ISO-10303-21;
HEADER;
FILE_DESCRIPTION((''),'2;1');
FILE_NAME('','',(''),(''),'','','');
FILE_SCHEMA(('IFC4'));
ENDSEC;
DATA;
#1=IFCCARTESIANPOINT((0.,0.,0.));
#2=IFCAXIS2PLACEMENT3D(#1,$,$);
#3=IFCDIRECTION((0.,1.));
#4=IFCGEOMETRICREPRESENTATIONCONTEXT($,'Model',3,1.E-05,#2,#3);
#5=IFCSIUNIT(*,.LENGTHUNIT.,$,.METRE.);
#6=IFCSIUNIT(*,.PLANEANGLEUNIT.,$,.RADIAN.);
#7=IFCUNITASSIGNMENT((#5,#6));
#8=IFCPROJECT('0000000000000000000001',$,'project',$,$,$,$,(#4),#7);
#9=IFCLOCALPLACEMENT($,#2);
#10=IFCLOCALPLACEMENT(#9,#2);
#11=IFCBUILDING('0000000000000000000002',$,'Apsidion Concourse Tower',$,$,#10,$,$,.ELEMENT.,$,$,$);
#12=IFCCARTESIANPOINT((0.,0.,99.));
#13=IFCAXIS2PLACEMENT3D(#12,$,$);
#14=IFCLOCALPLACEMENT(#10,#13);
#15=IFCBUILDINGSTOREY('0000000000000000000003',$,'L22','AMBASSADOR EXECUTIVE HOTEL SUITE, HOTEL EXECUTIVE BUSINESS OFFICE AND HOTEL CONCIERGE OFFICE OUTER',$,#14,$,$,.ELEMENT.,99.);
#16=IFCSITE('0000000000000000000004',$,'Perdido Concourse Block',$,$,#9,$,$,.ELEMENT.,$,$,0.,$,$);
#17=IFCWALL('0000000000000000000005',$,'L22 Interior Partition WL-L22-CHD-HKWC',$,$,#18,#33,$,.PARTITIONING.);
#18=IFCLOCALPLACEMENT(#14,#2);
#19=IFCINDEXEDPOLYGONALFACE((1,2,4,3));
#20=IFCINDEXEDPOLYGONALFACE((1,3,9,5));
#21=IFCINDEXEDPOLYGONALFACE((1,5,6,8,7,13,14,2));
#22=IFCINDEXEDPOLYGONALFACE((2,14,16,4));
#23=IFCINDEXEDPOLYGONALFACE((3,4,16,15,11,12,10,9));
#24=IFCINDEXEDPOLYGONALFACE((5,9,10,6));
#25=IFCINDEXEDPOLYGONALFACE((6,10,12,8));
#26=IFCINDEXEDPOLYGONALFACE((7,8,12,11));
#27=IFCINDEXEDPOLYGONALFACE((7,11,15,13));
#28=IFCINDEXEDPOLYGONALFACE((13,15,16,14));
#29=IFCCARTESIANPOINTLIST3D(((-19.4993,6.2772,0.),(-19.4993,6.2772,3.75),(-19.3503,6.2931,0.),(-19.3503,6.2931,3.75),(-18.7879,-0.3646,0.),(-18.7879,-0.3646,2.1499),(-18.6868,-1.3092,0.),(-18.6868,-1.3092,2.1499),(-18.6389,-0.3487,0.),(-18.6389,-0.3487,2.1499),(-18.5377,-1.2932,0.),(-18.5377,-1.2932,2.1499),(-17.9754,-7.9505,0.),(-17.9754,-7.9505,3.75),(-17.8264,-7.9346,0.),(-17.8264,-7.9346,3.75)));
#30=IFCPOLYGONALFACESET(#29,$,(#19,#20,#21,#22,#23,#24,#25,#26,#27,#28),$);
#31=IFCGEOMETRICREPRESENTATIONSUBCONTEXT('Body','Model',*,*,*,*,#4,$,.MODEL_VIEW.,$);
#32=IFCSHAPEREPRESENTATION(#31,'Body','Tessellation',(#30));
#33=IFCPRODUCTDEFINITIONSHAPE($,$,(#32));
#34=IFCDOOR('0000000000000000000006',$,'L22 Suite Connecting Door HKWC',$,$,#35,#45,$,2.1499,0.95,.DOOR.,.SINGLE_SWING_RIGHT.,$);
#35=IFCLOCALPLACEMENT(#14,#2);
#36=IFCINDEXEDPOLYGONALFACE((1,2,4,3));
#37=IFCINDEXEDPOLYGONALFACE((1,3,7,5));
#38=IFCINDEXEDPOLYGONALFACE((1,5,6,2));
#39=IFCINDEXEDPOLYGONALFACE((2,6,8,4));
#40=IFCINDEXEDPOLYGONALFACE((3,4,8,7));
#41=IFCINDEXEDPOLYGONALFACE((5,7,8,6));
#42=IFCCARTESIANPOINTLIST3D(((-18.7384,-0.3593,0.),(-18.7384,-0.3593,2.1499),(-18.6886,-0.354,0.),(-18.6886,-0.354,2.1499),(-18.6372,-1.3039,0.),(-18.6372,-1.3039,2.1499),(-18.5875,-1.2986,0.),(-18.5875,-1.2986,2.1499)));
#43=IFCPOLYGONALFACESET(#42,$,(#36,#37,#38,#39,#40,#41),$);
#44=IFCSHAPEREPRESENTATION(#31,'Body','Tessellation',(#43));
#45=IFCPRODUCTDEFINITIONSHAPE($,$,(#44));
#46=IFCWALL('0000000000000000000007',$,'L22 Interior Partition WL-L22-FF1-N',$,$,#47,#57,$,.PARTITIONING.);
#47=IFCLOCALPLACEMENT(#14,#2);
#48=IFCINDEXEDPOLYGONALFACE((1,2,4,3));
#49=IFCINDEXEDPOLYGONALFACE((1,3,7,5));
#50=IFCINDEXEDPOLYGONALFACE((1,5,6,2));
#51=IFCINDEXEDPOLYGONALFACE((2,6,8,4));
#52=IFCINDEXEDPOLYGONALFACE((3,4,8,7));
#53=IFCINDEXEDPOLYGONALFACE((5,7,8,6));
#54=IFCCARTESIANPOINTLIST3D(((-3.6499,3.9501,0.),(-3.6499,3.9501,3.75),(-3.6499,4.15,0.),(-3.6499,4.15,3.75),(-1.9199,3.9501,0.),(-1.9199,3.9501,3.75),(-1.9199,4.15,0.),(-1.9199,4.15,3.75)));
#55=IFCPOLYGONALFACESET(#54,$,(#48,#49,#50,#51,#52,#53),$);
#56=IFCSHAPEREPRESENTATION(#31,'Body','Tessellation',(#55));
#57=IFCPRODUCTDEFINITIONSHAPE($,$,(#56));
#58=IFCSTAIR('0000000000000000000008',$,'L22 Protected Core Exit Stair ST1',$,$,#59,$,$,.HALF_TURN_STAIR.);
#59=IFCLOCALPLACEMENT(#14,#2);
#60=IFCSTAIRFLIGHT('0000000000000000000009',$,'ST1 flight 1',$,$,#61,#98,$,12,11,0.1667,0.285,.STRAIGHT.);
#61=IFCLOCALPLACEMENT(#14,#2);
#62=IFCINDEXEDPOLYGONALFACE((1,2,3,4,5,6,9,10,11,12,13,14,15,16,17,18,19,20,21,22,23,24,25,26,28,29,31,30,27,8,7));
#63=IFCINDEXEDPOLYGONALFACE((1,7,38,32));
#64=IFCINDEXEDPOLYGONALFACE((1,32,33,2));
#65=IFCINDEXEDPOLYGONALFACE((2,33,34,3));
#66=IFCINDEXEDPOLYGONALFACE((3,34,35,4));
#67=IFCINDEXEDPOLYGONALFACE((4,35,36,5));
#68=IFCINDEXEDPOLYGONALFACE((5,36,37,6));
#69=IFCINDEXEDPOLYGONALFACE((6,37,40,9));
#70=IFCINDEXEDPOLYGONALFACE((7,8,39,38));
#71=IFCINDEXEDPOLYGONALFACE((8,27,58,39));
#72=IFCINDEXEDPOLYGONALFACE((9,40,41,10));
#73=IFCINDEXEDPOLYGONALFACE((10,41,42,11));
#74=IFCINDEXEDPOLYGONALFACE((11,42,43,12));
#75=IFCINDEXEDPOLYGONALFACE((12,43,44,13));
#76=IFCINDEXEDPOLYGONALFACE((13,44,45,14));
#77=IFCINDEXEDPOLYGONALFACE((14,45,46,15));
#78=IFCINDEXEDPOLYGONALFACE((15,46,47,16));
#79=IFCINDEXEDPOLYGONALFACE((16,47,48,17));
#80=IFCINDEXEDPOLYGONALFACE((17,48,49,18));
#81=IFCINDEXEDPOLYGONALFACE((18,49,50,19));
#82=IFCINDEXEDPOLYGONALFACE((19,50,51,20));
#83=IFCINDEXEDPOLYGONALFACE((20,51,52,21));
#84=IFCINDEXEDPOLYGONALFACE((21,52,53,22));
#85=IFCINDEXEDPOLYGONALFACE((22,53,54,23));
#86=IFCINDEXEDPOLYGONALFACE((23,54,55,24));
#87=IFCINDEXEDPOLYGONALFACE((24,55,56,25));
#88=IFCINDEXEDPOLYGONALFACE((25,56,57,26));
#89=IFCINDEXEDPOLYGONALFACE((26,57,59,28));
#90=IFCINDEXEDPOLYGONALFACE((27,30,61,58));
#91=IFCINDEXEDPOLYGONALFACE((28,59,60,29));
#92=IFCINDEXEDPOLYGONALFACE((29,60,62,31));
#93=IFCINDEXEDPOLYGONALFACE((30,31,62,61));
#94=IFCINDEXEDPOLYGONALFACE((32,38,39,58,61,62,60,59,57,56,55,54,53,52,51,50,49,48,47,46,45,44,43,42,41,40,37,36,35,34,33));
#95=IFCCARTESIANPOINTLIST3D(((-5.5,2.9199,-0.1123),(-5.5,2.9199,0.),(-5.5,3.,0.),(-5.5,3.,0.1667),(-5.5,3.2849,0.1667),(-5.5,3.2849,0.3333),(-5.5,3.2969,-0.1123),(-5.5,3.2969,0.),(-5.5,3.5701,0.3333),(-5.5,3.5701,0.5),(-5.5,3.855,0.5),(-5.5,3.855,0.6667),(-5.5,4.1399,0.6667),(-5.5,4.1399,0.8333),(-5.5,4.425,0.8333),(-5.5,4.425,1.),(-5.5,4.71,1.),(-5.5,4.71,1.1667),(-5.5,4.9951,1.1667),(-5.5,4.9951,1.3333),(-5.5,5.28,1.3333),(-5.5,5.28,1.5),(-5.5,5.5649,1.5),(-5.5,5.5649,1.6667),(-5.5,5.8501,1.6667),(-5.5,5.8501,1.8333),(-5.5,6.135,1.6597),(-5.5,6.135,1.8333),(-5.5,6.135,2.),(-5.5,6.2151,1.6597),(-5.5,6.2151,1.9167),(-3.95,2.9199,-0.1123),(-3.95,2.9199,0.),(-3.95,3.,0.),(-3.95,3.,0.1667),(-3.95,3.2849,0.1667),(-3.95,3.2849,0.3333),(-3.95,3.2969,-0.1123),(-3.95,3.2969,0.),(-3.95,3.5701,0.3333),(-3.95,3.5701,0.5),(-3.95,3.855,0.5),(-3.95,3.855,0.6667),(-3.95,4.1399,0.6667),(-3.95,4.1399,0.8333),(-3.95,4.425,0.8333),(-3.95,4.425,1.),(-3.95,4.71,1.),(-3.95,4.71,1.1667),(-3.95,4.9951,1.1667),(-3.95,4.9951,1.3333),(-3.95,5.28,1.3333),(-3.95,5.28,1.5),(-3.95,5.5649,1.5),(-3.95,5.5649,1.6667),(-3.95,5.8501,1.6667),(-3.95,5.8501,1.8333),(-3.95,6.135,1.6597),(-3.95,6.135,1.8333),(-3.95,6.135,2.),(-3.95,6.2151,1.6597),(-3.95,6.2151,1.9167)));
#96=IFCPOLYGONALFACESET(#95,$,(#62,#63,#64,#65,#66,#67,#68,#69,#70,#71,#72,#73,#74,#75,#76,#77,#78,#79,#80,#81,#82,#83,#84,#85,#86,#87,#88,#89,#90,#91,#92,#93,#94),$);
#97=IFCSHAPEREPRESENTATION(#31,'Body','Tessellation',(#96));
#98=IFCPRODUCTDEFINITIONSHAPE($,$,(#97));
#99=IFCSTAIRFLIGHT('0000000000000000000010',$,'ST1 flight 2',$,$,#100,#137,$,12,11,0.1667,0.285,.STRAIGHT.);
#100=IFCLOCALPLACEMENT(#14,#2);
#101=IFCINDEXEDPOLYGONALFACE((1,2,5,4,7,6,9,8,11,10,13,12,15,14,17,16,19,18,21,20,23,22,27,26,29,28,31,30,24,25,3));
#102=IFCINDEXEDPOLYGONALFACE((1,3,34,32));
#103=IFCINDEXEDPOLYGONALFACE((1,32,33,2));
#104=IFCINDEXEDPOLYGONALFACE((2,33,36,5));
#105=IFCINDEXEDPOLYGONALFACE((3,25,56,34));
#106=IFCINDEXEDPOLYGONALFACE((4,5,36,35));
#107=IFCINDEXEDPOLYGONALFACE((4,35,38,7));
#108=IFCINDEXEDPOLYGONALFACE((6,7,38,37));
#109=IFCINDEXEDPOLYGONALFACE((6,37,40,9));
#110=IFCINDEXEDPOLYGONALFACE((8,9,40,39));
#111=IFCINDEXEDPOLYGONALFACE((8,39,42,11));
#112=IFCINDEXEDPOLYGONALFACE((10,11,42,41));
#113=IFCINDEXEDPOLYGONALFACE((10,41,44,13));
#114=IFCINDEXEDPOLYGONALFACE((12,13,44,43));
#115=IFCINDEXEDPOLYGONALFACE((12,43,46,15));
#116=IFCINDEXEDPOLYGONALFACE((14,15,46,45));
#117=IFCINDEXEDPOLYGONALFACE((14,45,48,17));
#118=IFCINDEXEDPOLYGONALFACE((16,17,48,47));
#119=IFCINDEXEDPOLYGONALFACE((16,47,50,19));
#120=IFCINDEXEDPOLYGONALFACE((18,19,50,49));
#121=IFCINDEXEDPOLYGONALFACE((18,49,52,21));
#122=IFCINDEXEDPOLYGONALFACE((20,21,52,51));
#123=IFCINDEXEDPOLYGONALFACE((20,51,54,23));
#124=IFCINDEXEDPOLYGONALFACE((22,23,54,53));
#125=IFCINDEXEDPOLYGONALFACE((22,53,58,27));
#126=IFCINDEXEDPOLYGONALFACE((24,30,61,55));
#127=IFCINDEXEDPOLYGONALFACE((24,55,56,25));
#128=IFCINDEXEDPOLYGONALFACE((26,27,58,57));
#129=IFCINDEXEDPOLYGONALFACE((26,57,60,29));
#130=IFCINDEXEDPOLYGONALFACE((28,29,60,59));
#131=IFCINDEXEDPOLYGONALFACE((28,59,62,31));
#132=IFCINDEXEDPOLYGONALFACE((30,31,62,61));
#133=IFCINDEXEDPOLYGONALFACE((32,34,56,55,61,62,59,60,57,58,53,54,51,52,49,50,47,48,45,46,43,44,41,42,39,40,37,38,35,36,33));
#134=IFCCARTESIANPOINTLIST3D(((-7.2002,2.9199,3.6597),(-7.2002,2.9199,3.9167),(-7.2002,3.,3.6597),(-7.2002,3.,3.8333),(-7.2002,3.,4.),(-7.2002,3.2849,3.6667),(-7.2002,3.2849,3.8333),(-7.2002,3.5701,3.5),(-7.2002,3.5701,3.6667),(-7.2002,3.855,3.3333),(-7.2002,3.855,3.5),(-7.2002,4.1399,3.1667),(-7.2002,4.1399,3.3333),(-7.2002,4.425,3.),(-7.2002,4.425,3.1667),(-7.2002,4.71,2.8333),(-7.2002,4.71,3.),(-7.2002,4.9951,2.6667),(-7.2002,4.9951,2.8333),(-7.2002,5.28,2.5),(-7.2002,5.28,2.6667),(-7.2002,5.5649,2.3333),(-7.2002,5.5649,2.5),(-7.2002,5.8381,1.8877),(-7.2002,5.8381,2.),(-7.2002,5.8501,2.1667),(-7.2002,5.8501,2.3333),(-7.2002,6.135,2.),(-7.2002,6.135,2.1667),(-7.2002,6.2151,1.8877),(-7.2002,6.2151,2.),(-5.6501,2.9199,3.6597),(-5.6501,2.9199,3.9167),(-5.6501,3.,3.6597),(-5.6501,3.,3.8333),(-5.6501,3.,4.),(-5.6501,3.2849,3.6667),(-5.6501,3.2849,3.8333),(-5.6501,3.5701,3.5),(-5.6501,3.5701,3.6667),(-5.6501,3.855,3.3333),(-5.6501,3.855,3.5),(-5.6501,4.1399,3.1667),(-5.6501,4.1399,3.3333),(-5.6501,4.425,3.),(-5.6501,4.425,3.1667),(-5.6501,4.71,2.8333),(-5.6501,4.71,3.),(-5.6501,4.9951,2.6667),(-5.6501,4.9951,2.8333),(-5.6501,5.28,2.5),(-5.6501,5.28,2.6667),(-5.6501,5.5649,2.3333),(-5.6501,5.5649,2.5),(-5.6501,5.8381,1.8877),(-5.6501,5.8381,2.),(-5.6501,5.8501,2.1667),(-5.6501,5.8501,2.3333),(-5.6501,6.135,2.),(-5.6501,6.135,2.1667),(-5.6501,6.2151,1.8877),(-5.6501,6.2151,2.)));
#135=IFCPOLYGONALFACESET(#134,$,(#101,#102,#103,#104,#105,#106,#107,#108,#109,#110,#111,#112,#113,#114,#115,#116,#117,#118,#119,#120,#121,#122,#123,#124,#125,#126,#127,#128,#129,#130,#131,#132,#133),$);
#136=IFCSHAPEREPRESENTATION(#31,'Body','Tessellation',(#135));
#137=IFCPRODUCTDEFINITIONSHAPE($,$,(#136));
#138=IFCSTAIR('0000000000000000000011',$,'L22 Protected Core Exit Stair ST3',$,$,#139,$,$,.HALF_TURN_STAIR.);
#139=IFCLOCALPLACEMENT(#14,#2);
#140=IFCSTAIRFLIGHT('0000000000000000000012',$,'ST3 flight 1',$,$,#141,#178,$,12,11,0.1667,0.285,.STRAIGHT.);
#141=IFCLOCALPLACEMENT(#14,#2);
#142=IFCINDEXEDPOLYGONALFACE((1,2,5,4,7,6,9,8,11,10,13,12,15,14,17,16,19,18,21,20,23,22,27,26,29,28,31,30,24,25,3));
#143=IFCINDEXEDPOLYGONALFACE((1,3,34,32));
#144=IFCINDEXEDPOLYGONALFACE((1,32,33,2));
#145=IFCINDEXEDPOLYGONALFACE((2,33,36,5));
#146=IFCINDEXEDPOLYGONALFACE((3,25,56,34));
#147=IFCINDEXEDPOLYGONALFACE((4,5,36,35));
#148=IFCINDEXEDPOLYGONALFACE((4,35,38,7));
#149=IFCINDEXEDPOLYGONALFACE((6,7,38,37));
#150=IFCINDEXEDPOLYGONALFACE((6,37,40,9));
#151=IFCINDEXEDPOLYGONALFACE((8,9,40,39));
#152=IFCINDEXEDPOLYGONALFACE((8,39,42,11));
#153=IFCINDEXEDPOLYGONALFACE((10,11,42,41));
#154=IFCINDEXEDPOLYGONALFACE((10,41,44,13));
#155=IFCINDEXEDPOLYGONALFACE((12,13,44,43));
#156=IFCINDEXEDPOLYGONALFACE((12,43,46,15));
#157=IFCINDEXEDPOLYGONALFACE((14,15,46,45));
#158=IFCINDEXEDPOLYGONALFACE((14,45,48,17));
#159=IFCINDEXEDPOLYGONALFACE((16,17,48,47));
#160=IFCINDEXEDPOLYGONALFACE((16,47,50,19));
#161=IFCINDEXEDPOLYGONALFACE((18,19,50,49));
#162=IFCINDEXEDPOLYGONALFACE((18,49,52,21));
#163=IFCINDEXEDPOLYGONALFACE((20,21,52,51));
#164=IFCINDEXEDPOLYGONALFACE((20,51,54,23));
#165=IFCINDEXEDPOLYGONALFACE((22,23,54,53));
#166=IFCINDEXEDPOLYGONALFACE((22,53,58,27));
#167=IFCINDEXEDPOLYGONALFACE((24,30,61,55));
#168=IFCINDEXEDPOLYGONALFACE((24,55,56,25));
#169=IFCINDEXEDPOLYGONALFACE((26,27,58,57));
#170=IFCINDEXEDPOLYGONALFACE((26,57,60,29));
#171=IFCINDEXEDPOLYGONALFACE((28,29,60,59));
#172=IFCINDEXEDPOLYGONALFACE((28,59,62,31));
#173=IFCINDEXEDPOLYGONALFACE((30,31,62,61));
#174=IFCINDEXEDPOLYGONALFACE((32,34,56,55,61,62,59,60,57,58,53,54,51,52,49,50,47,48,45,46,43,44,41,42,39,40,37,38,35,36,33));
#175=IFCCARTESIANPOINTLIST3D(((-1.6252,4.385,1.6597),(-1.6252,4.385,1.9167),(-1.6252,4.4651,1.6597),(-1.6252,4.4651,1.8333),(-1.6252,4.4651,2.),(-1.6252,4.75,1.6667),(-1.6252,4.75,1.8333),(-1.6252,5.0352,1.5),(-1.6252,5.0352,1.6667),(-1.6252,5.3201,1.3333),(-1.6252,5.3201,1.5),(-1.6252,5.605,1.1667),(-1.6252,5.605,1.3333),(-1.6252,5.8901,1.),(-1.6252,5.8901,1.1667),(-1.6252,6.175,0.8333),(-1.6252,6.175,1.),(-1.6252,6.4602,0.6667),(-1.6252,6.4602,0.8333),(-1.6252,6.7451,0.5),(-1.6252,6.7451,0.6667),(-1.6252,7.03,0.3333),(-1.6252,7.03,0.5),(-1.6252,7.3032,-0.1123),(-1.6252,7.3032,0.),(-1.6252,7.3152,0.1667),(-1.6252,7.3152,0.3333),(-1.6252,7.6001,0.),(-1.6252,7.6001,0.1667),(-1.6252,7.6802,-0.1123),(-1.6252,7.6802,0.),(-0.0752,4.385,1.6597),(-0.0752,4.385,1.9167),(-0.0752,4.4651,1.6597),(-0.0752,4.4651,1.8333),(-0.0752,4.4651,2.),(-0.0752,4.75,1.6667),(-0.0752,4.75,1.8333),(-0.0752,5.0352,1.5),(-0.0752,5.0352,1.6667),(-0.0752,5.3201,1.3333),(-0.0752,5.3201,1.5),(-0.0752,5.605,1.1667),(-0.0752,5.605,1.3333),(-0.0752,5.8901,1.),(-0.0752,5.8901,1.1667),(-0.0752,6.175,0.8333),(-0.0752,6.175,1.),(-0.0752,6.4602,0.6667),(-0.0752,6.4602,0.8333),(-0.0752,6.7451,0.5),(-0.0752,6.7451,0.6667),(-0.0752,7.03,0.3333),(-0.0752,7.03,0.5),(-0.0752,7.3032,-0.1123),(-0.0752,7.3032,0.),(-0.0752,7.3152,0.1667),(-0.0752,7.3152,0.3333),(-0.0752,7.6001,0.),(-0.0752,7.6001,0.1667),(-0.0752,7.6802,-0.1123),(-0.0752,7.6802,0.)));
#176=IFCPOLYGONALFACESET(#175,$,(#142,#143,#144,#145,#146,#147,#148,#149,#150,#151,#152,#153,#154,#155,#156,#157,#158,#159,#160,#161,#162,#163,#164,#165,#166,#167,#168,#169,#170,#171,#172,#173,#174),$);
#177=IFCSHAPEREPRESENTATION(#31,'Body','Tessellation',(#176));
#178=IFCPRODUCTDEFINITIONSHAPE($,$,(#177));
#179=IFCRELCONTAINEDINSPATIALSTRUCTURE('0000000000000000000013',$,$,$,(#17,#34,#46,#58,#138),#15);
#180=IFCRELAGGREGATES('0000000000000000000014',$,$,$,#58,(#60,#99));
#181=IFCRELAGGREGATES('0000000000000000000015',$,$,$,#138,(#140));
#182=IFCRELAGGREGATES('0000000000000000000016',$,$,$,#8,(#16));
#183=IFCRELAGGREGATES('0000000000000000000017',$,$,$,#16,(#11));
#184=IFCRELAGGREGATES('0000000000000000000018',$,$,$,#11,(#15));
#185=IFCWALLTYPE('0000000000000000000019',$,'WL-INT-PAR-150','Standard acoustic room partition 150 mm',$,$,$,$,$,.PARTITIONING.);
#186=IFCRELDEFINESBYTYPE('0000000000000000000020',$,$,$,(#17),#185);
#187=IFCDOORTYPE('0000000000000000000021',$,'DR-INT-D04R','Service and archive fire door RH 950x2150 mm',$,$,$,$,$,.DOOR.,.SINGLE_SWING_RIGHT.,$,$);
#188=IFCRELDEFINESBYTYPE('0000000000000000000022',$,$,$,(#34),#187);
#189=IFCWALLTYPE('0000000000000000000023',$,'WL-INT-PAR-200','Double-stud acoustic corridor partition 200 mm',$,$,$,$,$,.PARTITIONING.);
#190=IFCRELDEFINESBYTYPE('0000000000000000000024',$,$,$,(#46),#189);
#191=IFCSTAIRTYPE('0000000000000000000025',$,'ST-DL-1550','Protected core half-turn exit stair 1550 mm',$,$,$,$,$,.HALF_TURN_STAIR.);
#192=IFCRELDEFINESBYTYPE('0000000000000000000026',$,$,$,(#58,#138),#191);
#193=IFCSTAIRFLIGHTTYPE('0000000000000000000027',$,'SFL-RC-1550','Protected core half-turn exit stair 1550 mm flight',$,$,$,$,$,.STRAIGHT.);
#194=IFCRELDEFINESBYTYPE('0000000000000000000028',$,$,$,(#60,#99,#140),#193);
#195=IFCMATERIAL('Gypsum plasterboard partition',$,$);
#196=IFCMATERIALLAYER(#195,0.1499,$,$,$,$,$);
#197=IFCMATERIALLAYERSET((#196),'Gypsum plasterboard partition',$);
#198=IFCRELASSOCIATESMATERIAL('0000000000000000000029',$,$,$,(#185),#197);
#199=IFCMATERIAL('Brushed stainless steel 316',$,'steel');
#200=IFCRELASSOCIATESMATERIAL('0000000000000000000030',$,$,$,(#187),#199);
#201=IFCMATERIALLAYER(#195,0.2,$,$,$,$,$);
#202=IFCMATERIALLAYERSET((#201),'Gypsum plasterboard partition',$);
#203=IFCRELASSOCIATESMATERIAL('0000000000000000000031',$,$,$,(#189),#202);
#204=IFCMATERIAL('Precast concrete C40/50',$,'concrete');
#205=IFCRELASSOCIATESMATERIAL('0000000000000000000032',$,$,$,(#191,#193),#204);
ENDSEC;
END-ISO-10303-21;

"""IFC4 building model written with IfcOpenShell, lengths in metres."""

from ifc_helpers import new_model, si_unit, direction, frame, frame_2d, origin, place, context, subcontext, project, spatial, polyline, rectangle, outline, extrude, material, layer, layer_set, type_object, element, fill, aggregate, save


model = new_model("IFC4")

# Units and contexts
model_context = context("Model", 3, precision=1e-05, world=origin(), true_north=direction((0.0, 1.0)))
body_context = subcontext(model_context, "Body", "Model", "MODEL_VIEW")
ifc_project = project(units=[si_unit("LENGTHUNIT", "METRE"), si_unit("PLANEANGLEUNIT", "RADIAN")], contexts=[model_context])

# Site, building, storey
site_placement = place(None, origin())
site = spatial("IfcSite", under=ifc_project, at=site_placement, Name="Perdido Concourse Block", CompositionType="ELEMENT", RefElevation=0.0)
building_placement = place(site_placement, origin())
building = spatial("IfcBuilding", under=site, at=building_placement, Name="Apsidion Concourse Tower", CompositionType="ELEMENT")
storey_placement = place(building_placement, frame((0.0, 0.0, 99.0)))
storey = spatial("IfcBuildingStorey", under=building, at=storey_placement, Name="L22", Description="AMBASSADOR EXECUTIVE HOTEL SUITE, HOTEL EXECUTIVE BUSINESS OFFICE AND HOTEL CONCIERGE OFFICE OUTER", CompositionType="ELEMENT", Elevation=99.0)

# Shared definitions
ifc_material_1 = material(Name="Gypsum plasterboard partition")
ifc_layer_1 = layer(ifc_material_1, 0.1499)
ifc_layer_set_1 = layer_set([ifc_layer_1], Name="Gypsum plasterboard partition")
wall_type_1 = type_object("IfcWallType", Name="WL-INT-PAR-150", Description="Standard acoustic room partition 150 mm", PredefinedType="PARTITIONING", material=ifc_layer_set_1)

# Wall, opening, door
wall_1_placement = place(storey_placement, frame((-19.4248, 6.2852, 0.0), z_axis=(0.0, 0.0, 1.0), x_axis=(0.1065, -0.994313, 0.0)))
wall_1 = element("IfcWall", 1, at=wall_1_placement, inside=storey, type_object=wall_type_1, Name="L22 Interior Partition WL-L22-CHD-HKWC", PredefinedType="PARTITIONING", context=body_context, shape_type="SweptSolid", body=[
    extrude(rectangle(XDim=14.3091, YDim=0.1499, at=frame_2d((7.1545, 0.0))), origin(), (0.0, 0.0, 1.0), 3.75),
])
opening_1_placement = place(wall_1_placement, frame((6.6797, 0.0, 0.0)))
opening_1 = element("IfcOpeningElement", 2, at=opening_1_placement, cuts=wall_1, PredefinedType="OPENING", context=body_context, shape_type="SweptSolid", body=[
    extrude(rectangle(XDim=0.95, YDim=2.1499, at=frame_2d((0.4751, 1.075))), frame((0.0, 0.085, 0.0), z_axis=(0.0, -1.0, 0.0), x_axis=(1.0, 0.0, 0.0)), (0.0, 0.0, 1.0), 0.1699),
])
ifc_material_2 = material(Name="Brushed stainless steel 316", Category="steel")
door_type_1 = type_object("IfcDoorType", Name="DR-INT-D04R", Description="Service and archive fire door RH 950x2150 mm", OperationType="SINGLE_SWING_RIGHT", PredefinedType="DOOR", material=ifc_material_2)
door_1_placement = place(opening_1_placement, origin())
door_1 = element("IfcDoor", 3, at=door_1_placement, inside=storey, type_object=door_type_1, Name="L22 Suite Connecting Door HKWC", OperationType="SINGLE_SWING_RIGHT", OverallHeight=2.1499, OverallWidth=0.95, PredefinedType="DOOR", context=body_context, shape_type="SweptSolid", body=[
    extrude(rectangle(XDim=0.95, YDim=2.1499, at=frame_2d((0.4751, 1.075))), frame((0.0, 0.0249, 0.0), z_axis=(0.0, -1.0, 0.0), x_axis=(1.0, 0.0, 0.0)), (0.0, 0.0, 1.0), 0.05),
])
fill(opening_1, door_1)

# Wall
ifc_layer_2 = layer(ifc_material_1, 0.2)
ifc_layer_set_2 = layer_set([ifc_layer_2], Name="Gypsum plasterboard partition")
wall_type_2 = type_object("IfcWallType", Name="WL-INT-PAR-200", Description="Double-stud acoustic corridor partition 200 mm", PredefinedType="PARTITIONING", material=ifc_layer_set_2)
wall_2_placement = place(storey_placement, frame((-3.6499, 4.05, 0.0), z_axis=(0.0, 0.0, 1.0), x_axis=(1.0, 0.0, 0.0)))
element("IfcWall", 4, at=wall_2_placement, inside=storey, type_object=wall_type_2, Name="L22 Interior Partition WL-L22-FF1-N", PredefinedType="PARTITIONING", context=body_context, shape_type="SweptSolid", body=[
    extrude(rectangle(XDim=1.73, YDim=0.2, at=frame_2d((0.865, 0.0))), origin(), (0.0, 0.0, 1.0), 3.75),
])

# Stair, stair flights
ifc_material_3 = material(Name="Precast concrete C40/50", Category="concrete")
stair_type = type_object("IfcStairType", Name="ST-DL-1550", Description="Protected core half-turn exit stair 1550 mm", PredefinedType="HALF_TURN_STAIR", material=ifc_material_3)
stair_1_placement = place(storey_placement, origin())
stair_1 = element("IfcStair", 5, at=stair_1_placement, inside=storey, type_object=stair_type, Name="L22 Protected Core Exit Stair ST1", PredefinedType="HALF_TURN_STAIR")
stair_flight_type = type_object("IfcStairFlightType", Name="SFL-RC-1550", Description="Protected core half-turn exit stair 1550 mm flight", PredefinedType="STRAIGHT", material=ifc_material_3)
stair_flight_1_placement = place(storey_placement, frame((-4.7251, 3.0, 0.0), z_axis=(0.0, 0.0, 1.0), x_axis=(0.0, 1.0, 0.0)))
stair_flight_1 = element("IfcStairFlight", 6, at=stair_flight_1_placement, type_object=stair_flight_type, Name="ST1 flight 1", NumberOfRisers=12, NumberOfTreads=11, PredefinedType="STRAIGHT", RiserHeight=0.1667, TreadLength=0.285, context=body_context, shape_type="SweptSolid", body=[
    extrude(outline(polyline([(-0.0801, -0.1123), (-0.0801, 0.0), (0.0, 0.0), (0.0, 0.1667), (0.2849, 0.1667), (0.2849, 0.3333), (0.5701, 0.3333), (0.5701, 0.5), (0.855, 0.5), (0.855, 0.6667), (1.1399, 0.6667), (1.1399, 0.8333), (1.425, 0.8333), (1.425, 1.0), (1.71, 1.0), (1.71, 1.1667), (1.9951, 1.1667), (1.9951, 1.3333), (2.28, 1.3333), (2.28, 1.5), (2.5649, 1.5), (2.5649, 1.6667), (2.8501, 1.6667), (2.8501, 1.8333), (3.135, 1.8333), (3.135, 2.0), (3.2151, 1.9167), (3.2151, 1.6597), (3.135, 1.6597), (0.2969, 0.0), (0.2969, -0.1123), (-0.0801, -0.1123)])), frame((0.0, 0.7749, 0.0), z_axis=(0.0, -1.0, 0.0), x_axis=(1.0, 0.0, 0.0)), (0.0, 0.0, 1.0), 1.55),
])
stair_flight_2_placement = place(storey_placement, frame((-6.425, 6.135, 2.0), z_axis=(0.0, 0.0, 1.0), x_axis=(0.0, -1.0, 0.0)))
stair_flight_2 = element("IfcStairFlight", 7, at=stair_flight_2_placement, type_object=stair_flight_type, Name="ST1 flight 2", NumberOfRisers=12, NumberOfTreads=11, PredefinedType="STRAIGHT", RiserHeight=0.1667, TreadLength=0.285, context=body_context, shape_type="SweptSolid", body=[
    extrude(outline(polyline([(-0.0801, -0.1123), (-0.0801, 0.0), (0.0, 0.0), (0.0, 0.1667), (0.2849, 0.1667), (0.2849, 0.3333), (0.5701, 0.3333), (0.5701, 0.5), (0.855, 0.5), (0.855, 0.6667), (1.1399, 0.6667), (1.1399, 0.8333), (1.425, 0.8333), (1.425, 1.0), (1.71, 1.0), (1.71, 1.1667), (1.9951, 1.1667), (1.9951, 1.3333), (2.28, 1.3333), (2.28, 1.5), (2.5649, 1.5), (2.5649, 1.6667), (2.8501, 1.6667), (2.8501, 1.8333), (3.135, 1.8333), (3.135, 2.0), (3.2151, 1.9167), (3.2151, 1.6597), (3.135, 1.6597), (0.2969, 0.0), (0.2969, -0.1123), (-0.0801, -0.1123)])), frame((0.0, 0.7749, 0.0), z_axis=(0.0, -1.0, 0.0), x_axis=(1.0, 0.0, 0.0)), (0.0, 0.0, 1.0), 1.55),
])
aggregate(stair_1, [stair_flight_1, stair_flight_2])

# Stair, stair flight
stair_2_placement = place(storey_placement, origin())
stair_2 = element("IfcStair", 8, at=stair_2_placement, inside=storey, type_object=stair_type, Name="L22 Protected Core Exit Stair ST3", PredefinedType="HALF_TURN_STAIR")
stair_flight_3_placement = place(storey_placement, frame((-0.8501, 7.6001, 0.0), z_axis=(0.0, 0.0, 1.0), x_axis=(0.0, -1.0, 0.0)))
stair_flight_3 = element("IfcStairFlight", 9, at=stair_flight_3_placement, type_object=stair_flight_type, Name="ST3 flight 1", NumberOfRisers=12, NumberOfTreads=11, PredefinedType="STRAIGHT", RiserHeight=0.1667, TreadLength=0.285, context=body_context, shape_type="SweptSolid", body=[
    extrude(outline(polyline([(-0.0801, -0.1123), (-0.0801, 0.0), (0.0, 0.0), (0.0, 0.1667), (0.2849, 0.1667), (0.2849, 0.3333), (0.5701, 0.3333), (0.5701, 0.5), (0.855, 0.5), (0.855, 0.6667), (1.1399, 0.6667), (1.1399, 0.8333), (1.425, 0.8333), (1.425, 1.0), (1.71, 1.0), (1.71, 1.1667), (1.9951, 1.1667), (1.9951, 1.3333), (2.28, 1.3333), (2.28, 1.5), (2.5649, 1.5), (2.5649, 1.6667), (2.8501, 1.6667), (2.8501, 1.8333), (3.135, 1.8333), (3.135, 2.0), (3.2151, 1.9167), (3.2151, 1.6597), (3.135, 1.6597), (0.2969, 0.0), (0.2969, -0.1123), (-0.0801, -0.1123)])), frame((0.0, 0.7749, 0.0), z_axis=(0.0, -1.0, 0.0), x_axis=(1.0, 0.0, 0.0)), (0.0, 0.0, 1.0), 1.55),
])
aggregate(stair_2, [stair_flight_3])

save(model, "model.ifc")
